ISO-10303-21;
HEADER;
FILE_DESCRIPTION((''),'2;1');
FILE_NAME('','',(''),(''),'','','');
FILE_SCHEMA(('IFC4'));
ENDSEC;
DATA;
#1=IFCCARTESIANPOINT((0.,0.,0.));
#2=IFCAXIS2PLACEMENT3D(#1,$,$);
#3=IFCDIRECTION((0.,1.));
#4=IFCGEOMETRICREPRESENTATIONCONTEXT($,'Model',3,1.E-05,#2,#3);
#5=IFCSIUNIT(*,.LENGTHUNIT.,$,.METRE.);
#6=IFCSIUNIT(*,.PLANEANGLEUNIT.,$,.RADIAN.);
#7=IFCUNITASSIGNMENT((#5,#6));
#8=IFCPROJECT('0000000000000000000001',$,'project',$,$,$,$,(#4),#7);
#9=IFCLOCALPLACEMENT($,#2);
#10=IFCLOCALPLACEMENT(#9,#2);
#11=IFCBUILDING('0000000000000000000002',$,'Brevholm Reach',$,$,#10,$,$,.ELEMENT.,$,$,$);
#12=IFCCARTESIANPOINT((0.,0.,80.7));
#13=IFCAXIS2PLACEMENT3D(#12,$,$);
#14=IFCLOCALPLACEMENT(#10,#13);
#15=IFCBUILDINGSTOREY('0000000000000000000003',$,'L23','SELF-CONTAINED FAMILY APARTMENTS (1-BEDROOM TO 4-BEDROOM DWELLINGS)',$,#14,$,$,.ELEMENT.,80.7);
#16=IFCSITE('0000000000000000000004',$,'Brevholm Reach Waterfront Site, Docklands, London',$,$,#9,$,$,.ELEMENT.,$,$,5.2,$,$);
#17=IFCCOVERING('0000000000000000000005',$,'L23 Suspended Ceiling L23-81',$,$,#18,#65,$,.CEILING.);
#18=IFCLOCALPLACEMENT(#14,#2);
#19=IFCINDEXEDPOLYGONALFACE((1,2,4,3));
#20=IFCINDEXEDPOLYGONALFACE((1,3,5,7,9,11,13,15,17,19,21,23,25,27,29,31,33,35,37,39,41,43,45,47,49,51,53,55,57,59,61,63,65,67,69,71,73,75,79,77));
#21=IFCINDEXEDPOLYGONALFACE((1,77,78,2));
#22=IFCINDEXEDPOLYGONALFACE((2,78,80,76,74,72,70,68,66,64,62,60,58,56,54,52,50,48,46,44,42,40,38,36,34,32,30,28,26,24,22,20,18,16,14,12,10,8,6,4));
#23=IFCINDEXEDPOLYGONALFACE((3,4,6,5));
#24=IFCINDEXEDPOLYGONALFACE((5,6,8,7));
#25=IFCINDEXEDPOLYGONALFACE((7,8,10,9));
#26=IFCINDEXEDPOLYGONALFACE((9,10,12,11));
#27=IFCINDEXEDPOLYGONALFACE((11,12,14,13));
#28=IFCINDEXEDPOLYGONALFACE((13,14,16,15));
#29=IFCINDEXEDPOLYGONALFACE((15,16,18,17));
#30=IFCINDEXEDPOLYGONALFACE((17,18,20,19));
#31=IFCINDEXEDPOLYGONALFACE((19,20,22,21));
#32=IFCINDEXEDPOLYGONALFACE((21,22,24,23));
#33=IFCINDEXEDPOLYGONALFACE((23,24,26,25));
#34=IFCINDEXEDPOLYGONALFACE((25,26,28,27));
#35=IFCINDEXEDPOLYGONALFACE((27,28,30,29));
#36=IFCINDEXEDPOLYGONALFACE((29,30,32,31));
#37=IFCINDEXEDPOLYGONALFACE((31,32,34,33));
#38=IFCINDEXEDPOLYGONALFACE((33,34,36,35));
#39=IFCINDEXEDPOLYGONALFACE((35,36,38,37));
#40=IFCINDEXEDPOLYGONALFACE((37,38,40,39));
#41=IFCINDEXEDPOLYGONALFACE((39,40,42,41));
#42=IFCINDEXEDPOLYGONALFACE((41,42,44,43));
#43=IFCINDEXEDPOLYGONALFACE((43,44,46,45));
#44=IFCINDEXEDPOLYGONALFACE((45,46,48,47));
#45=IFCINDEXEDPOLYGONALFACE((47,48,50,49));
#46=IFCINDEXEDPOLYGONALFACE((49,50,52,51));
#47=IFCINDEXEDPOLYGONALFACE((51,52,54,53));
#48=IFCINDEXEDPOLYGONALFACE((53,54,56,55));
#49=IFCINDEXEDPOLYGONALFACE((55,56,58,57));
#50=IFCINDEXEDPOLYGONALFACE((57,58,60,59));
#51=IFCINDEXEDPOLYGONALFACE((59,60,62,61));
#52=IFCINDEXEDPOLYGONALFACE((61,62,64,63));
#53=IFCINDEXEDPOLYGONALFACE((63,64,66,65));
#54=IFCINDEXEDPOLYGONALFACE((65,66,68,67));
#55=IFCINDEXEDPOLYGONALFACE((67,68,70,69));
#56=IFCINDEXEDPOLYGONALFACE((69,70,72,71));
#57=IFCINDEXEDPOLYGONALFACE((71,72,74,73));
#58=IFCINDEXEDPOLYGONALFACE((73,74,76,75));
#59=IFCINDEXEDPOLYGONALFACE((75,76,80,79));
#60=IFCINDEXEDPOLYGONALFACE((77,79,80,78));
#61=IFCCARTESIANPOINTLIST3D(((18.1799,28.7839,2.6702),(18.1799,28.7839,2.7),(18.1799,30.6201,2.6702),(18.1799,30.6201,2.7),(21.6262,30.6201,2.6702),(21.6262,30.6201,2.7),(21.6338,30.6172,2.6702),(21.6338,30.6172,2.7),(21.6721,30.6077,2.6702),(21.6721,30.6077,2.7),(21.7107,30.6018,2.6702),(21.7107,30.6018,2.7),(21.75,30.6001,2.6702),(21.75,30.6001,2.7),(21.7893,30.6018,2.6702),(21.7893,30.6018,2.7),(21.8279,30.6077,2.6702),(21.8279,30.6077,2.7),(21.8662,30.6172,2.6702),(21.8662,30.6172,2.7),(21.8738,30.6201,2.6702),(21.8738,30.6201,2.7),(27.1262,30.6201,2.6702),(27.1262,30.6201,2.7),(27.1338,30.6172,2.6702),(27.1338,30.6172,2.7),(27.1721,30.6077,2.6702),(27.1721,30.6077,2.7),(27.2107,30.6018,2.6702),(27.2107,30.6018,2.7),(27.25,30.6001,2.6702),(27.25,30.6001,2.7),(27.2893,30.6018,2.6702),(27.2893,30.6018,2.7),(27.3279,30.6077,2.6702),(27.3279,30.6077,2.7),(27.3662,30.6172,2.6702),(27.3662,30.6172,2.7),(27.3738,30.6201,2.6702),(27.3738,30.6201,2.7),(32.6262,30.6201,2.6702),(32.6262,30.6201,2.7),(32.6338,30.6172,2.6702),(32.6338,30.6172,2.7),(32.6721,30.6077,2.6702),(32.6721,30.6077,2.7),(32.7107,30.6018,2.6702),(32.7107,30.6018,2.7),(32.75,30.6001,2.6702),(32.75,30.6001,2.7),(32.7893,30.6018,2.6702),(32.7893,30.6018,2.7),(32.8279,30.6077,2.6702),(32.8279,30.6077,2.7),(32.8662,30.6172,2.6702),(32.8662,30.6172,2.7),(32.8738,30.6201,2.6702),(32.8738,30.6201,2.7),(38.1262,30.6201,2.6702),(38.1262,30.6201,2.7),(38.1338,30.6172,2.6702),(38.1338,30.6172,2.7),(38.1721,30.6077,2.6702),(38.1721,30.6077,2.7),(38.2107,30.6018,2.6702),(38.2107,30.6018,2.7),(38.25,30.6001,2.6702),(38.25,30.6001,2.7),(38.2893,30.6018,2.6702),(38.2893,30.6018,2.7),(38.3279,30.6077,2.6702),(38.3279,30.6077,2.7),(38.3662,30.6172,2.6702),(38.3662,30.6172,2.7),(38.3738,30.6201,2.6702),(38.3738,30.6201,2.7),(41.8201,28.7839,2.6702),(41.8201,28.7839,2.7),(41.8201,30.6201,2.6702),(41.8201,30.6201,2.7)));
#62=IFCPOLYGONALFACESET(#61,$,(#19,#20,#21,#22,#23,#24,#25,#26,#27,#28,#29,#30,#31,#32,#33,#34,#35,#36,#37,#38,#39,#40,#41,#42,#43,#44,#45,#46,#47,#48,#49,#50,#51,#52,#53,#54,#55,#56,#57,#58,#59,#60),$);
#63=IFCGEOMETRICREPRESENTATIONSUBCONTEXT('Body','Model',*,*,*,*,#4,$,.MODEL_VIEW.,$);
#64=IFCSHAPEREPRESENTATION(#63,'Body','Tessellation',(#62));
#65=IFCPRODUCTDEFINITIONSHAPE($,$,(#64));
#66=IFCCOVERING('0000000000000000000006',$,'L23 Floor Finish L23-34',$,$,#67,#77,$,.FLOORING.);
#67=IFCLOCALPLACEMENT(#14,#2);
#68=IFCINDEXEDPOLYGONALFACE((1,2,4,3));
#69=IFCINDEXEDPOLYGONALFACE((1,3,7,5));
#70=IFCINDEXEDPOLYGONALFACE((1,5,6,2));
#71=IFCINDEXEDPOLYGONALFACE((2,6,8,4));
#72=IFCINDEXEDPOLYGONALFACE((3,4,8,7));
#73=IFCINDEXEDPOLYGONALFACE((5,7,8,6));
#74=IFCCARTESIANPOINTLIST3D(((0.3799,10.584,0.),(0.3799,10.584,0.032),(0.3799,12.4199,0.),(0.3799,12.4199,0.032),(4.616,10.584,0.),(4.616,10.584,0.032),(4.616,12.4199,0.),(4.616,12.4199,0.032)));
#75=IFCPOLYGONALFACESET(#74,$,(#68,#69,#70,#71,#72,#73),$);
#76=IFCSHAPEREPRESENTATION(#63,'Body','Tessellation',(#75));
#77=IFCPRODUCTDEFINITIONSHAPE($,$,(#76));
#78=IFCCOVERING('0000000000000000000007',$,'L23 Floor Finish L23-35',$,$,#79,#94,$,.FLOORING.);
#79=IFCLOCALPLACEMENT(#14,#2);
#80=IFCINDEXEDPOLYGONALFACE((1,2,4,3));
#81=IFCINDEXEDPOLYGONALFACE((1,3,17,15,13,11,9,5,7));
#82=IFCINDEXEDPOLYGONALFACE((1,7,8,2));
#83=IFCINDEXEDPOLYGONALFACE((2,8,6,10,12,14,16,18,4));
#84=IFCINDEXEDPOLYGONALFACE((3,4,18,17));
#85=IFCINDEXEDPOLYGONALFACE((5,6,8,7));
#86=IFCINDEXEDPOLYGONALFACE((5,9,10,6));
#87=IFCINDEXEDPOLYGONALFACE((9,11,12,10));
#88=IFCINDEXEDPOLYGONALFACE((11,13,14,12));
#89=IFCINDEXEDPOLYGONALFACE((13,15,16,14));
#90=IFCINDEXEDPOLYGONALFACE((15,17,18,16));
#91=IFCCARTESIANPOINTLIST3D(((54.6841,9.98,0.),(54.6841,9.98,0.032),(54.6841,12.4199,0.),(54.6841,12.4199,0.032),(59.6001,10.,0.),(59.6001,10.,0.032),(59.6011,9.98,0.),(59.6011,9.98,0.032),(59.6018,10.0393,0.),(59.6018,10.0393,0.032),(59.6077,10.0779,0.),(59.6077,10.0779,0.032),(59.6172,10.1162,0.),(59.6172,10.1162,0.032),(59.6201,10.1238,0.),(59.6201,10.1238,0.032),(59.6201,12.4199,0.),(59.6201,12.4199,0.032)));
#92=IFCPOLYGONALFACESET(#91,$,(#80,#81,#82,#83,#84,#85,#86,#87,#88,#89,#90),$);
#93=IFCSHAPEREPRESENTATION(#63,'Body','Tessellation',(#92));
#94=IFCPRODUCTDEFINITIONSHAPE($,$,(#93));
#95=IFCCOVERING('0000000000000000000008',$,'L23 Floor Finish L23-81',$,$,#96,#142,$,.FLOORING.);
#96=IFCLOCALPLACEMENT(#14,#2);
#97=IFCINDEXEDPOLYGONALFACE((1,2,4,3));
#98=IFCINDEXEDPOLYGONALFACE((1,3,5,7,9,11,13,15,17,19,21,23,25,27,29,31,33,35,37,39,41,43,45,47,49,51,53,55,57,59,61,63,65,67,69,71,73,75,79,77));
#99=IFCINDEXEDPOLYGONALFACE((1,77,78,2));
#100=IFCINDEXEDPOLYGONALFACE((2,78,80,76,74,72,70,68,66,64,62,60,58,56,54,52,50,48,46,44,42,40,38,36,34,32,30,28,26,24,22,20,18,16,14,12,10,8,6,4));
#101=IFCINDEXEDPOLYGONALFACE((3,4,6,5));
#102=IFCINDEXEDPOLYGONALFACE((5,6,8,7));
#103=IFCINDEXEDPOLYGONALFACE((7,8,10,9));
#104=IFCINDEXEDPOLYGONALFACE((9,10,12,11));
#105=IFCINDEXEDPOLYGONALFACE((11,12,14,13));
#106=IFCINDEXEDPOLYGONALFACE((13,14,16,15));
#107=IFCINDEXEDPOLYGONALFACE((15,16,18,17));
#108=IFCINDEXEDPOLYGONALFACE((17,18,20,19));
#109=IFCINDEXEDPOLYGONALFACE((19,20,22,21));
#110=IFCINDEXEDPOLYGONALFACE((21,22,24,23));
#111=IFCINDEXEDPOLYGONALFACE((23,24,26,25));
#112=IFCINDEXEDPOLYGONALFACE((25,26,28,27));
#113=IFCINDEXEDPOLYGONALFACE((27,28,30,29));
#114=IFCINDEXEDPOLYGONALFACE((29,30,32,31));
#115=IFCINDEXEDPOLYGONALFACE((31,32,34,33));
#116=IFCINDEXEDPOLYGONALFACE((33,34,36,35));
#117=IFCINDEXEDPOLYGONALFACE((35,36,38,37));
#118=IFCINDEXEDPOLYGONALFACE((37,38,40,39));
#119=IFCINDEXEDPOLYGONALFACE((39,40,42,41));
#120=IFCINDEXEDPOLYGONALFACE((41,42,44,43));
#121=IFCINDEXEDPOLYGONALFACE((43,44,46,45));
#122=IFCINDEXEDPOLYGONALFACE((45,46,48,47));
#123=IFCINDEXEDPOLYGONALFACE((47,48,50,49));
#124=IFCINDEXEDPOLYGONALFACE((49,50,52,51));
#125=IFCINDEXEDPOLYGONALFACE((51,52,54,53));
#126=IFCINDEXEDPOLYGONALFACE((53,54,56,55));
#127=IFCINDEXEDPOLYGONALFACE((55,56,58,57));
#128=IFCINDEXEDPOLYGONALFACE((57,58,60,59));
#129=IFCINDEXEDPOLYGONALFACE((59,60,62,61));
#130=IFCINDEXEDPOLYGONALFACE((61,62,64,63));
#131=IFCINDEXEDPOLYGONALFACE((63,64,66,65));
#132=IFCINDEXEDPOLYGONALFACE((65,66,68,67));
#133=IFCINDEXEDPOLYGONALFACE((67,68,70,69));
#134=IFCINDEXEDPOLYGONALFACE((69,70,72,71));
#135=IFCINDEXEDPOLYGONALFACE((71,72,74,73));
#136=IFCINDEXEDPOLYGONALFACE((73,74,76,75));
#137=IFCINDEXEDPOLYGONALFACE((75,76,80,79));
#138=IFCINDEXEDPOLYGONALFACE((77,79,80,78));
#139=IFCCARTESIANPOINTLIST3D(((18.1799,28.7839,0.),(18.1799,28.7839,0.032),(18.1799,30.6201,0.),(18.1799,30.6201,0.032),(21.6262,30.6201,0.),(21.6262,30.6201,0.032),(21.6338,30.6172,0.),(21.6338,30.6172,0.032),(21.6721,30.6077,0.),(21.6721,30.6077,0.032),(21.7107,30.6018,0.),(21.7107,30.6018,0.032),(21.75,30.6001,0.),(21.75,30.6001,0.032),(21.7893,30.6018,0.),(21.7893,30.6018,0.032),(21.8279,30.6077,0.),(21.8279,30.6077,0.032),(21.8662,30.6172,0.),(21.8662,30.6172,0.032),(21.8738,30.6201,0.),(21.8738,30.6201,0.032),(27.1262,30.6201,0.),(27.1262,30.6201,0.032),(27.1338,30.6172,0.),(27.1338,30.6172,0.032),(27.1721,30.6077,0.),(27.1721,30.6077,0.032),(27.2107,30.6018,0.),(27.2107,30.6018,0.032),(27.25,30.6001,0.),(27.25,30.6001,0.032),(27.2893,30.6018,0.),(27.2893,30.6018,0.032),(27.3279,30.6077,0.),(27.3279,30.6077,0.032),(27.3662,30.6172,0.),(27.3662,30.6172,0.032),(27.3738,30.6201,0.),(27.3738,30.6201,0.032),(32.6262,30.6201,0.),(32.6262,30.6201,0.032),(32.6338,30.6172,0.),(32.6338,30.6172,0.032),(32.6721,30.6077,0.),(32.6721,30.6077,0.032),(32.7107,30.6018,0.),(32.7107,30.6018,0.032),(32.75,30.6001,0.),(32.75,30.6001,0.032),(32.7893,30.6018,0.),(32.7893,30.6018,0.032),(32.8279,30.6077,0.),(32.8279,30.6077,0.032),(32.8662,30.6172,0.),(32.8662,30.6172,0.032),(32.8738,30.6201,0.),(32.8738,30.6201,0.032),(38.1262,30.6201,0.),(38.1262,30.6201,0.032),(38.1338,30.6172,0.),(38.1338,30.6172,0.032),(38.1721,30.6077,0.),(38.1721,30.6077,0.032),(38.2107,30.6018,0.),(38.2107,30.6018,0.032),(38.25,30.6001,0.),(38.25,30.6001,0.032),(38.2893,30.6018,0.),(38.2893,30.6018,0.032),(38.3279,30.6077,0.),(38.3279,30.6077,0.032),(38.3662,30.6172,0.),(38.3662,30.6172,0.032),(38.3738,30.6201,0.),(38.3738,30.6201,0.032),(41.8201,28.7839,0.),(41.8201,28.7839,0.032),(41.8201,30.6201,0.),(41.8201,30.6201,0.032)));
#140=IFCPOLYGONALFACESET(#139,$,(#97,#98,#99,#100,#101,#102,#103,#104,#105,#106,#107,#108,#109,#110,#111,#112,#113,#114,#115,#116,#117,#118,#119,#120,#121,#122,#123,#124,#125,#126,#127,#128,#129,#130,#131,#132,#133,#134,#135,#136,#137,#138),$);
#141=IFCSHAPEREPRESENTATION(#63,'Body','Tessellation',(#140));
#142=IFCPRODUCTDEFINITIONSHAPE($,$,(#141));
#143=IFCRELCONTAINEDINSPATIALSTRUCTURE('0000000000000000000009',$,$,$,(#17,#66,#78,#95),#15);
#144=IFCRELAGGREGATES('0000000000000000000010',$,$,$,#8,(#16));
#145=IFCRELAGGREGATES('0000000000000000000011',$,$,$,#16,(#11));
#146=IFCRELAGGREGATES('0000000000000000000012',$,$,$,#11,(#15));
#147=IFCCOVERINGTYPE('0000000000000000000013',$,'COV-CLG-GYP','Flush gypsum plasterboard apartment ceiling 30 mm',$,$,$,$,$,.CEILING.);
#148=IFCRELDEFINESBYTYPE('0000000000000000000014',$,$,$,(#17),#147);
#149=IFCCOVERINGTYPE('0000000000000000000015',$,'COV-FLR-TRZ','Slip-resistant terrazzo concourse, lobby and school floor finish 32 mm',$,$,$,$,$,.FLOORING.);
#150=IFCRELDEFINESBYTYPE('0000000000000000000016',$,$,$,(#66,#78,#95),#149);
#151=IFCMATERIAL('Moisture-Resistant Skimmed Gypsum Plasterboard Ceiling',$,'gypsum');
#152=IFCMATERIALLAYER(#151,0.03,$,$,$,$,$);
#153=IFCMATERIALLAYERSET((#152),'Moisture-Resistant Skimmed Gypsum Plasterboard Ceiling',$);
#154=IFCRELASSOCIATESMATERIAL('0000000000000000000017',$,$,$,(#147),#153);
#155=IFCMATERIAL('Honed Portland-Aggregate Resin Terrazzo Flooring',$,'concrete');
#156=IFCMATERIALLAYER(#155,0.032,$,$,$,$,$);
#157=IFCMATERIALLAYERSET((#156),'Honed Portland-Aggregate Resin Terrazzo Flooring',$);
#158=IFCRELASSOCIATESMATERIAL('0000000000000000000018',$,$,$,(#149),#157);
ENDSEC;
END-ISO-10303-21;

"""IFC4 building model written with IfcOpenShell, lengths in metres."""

from ifc_helpers import new_model, si_unit, direction, frame, origin, place, context, subcontext, project, spatial, polyline, outline, extrude, material, layer, layer_set, type_object, element, save


model = new_model("IFC4")

# Units and contexts
model_context = context("Model", 3, precision=1e-05, world=origin(), true_north=direction((0.0, 1.0)))
body_context = subcontext(model_context, "Body", "Model", "MODEL_VIEW")
ifc_project = project(units=[si_unit("LENGTHUNIT", "METRE"), si_unit("PLANEANGLEUNIT", "RADIAN")], contexts=[model_context])

# Site, building, storey
site_placement = place(None, origin())
site = spatial("IfcSite", under=ifc_project, at=site_placement, Name="Brevholm Reach Waterfront Site, Docklands, London", CompositionType="ELEMENT", RefElevation=5.2)
building_placement = place(site_placement, origin())
building = spatial("IfcBuilding", under=site, at=building_placement, Name="Brevholm Reach", CompositionType="ELEMENT")
storey_placement = place(building_placement, frame((0.0, 0.0, 80.7)))
storey = spatial("IfcBuildingStorey", under=building, at=storey_placement, Name="L23", Description="SELF-CONTAINED FAMILY APARTMENTS (1-BEDROOM TO 4-BEDROOM DWELLINGS)", CompositionType="ELEMENT", Elevation=80.7)

# Coverings
ifc_material_1 = material(Name="Moisture-Resistant Skimmed Gypsum Plasterboard Ceiling", Category="gypsum")
ifc_layer_1 = layer(ifc_material_1, 0.03)
ifc_layer_set_1 = layer_set([ifc_layer_1], Name="Moisture-Resistant Skimmed Gypsum Plasterboard Ceiling")
covering_type_1 = type_object("IfcCoveringType", Name="COV-CLG-GYP", Description="Flush gypsum plasterboard apartment ceiling 30 mm", PredefinedType="CEILING", material=ifc_layer_set_1)
covering_1_placement = place(storey_placement, frame((0.0, 0.0, 2.6702)))
element("IfcCovering", 1, at=covering_1_placement, inside=storey, type_object=covering_type_1, Name="L23 Suspended Ceiling L23-81", PredefinedType="CEILING", context=body_context, shape_type="SweptSolid", body=[
    extrude(outline(polyline([(18.1799, 30.6201), (21.6262, 30.6201), (21.6338, 30.6172), (21.6721, 30.6077), (21.7107, 30.6018), (21.75, 30.6001), (21.7893, 30.6018), (21.8279, 30.6077), (21.8662, 30.6172), (21.8738, 30.6201), (27.1262, 30.6201), (27.1338, 30.6172), (27.1721, 30.6077), (27.2107, 30.6018), (27.25, 30.6001), (27.2893, 30.6018), (27.3279, 30.6077), (27.3662, 30.6172), (27.3738, 30.6201), (32.6262, 30.6201), (32.6338, 30.6172), (32.6721, 30.6077), (32.7107, 30.6018), (32.75, 30.6001), (32.7893, 30.6018), (32.8279, 30.6077), (32.8662, 30.6172), (32.8738, 30.6201), (38.1262, 30.6201), (38.1338, 30.6172), (38.1721, 30.6077), (38.2107, 30.6018), (38.25, 30.6001), (38.2893, 30.6018), (38.3279, 30.6077), (38.3662, 30.6172), (38.3738, 30.6201), (41.8201, 30.6201), (41.8201, 28.7839), (18.1799, 28.7839), (18.1799, 30.6201)])), origin(), (0.0, 0.0, 1.0), 0.0298),
])
ifc_material_2 = material(Name="Honed Portland-Aggregate Resin Terrazzo Flooring", Category="concrete")
ifc_layer_2 = layer(ifc_material_2, 0.032)
ifc_layer_set_2 = layer_set([ifc_layer_2], Name="Honed Portland-Aggregate Resin Terrazzo Flooring")
covering_type_2 = type_object("IfcCoveringType", Name="COV-FLR-TRZ", Description="Slip-resistant terrazzo concourse, lobby and school floor finish 32 mm", PredefinedType="FLOORING", material=ifc_layer_set_2)
covering_2_placement = place(storey_placement, origin())
element("IfcCovering", 2, at=covering_2_placement, inside=storey, type_object=covering_type_2, Name="L23 Floor Finish L23-34", PredefinedType="FLOORING", context=body_context, shape_type="SweptSolid", body=[
    extrude(outline(polyline([(0.3799, 12.4199), (4.616, 12.4199), (4.616, 10.584), (0.3799, 10.584), (0.3799, 12.4199)])), origin(), (0.0, 0.0, 1.0), 0.032),
])
covering_3_placement = place(storey_placement, origin())
element("IfcCovering", 3, at=covering_3_placement, inside=storey, type_object=covering_type_2, Name="L23 Floor Finish L23-35", PredefinedType="FLOORING", context=body_context, shape_type="SweptSolid", body=[
    extrude(outline(polyline([(59.6201, 12.4199), (59.6201, 10.1238), (59.6172, 10.1162), (59.6077, 10.0779), (59.6018, 10.0393), (59.6001, 10.0), (59.6011, 9.98), (54.6841, 9.98), (54.6841, 12.4199), (59.6201, 12.4199)])), origin(), (0.0, 0.0, 1.0), 0.032),
])
covering_4_placement = place(storey_placement, origin())
element("IfcCovering", 4, at=covering_4_placement, inside=storey, type_object=covering_type_2, Name="L23 Floor Finish L23-81", PredefinedType="FLOORING", context=body_context, shape_type="SweptSolid", body=[
    extrude(outline(polyline([(18.1799, 30.6201), (21.6262, 30.6201), (21.6338, 30.6172), (21.6721, 30.6077), (21.7107, 30.6018), (21.75, 30.6001), (21.7893, 30.6018), (21.8279, 30.6077), (21.8662, 30.6172), (21.8738, 30.6201), (27.1262, 30.6201), (27.1338, 30.6172), (27.1721, 30.6077), (27.2107, 30.6018), (27.25, 30.6001), (27.2893, 30.6018), (27.3279, 30.6077), (27.3662, 30.6172), (27.3738, 30.6201), (32.6262, 30.6201), (32.6338, 30.6172), (32.6721, 30.6077), (32.7107, 30.6018), (32.75, 30.6001), (32.7893, 30.6018), (32.8279, 30.6077), (32.8662, 30.6172), (32.8738, 30.6201), (38.1262, 30.6201), (38.1338, 30.6172), (38.1721, 30.6077), (38.2107, 30.6018), (38.25, 30.6001), (38.2893, 30.6018), (38.3279, 30.6077), (38.3662, 30.6172), (38.3738, 30.6201), (41.8201, 30.6201), (41.8201, 28.7839), (18.1799, 28.7839), (18.1799, 30.6201)])), origin(), (0.0, 0.0, 1.0), 0.032),
])

save(model, "model.ifc")
